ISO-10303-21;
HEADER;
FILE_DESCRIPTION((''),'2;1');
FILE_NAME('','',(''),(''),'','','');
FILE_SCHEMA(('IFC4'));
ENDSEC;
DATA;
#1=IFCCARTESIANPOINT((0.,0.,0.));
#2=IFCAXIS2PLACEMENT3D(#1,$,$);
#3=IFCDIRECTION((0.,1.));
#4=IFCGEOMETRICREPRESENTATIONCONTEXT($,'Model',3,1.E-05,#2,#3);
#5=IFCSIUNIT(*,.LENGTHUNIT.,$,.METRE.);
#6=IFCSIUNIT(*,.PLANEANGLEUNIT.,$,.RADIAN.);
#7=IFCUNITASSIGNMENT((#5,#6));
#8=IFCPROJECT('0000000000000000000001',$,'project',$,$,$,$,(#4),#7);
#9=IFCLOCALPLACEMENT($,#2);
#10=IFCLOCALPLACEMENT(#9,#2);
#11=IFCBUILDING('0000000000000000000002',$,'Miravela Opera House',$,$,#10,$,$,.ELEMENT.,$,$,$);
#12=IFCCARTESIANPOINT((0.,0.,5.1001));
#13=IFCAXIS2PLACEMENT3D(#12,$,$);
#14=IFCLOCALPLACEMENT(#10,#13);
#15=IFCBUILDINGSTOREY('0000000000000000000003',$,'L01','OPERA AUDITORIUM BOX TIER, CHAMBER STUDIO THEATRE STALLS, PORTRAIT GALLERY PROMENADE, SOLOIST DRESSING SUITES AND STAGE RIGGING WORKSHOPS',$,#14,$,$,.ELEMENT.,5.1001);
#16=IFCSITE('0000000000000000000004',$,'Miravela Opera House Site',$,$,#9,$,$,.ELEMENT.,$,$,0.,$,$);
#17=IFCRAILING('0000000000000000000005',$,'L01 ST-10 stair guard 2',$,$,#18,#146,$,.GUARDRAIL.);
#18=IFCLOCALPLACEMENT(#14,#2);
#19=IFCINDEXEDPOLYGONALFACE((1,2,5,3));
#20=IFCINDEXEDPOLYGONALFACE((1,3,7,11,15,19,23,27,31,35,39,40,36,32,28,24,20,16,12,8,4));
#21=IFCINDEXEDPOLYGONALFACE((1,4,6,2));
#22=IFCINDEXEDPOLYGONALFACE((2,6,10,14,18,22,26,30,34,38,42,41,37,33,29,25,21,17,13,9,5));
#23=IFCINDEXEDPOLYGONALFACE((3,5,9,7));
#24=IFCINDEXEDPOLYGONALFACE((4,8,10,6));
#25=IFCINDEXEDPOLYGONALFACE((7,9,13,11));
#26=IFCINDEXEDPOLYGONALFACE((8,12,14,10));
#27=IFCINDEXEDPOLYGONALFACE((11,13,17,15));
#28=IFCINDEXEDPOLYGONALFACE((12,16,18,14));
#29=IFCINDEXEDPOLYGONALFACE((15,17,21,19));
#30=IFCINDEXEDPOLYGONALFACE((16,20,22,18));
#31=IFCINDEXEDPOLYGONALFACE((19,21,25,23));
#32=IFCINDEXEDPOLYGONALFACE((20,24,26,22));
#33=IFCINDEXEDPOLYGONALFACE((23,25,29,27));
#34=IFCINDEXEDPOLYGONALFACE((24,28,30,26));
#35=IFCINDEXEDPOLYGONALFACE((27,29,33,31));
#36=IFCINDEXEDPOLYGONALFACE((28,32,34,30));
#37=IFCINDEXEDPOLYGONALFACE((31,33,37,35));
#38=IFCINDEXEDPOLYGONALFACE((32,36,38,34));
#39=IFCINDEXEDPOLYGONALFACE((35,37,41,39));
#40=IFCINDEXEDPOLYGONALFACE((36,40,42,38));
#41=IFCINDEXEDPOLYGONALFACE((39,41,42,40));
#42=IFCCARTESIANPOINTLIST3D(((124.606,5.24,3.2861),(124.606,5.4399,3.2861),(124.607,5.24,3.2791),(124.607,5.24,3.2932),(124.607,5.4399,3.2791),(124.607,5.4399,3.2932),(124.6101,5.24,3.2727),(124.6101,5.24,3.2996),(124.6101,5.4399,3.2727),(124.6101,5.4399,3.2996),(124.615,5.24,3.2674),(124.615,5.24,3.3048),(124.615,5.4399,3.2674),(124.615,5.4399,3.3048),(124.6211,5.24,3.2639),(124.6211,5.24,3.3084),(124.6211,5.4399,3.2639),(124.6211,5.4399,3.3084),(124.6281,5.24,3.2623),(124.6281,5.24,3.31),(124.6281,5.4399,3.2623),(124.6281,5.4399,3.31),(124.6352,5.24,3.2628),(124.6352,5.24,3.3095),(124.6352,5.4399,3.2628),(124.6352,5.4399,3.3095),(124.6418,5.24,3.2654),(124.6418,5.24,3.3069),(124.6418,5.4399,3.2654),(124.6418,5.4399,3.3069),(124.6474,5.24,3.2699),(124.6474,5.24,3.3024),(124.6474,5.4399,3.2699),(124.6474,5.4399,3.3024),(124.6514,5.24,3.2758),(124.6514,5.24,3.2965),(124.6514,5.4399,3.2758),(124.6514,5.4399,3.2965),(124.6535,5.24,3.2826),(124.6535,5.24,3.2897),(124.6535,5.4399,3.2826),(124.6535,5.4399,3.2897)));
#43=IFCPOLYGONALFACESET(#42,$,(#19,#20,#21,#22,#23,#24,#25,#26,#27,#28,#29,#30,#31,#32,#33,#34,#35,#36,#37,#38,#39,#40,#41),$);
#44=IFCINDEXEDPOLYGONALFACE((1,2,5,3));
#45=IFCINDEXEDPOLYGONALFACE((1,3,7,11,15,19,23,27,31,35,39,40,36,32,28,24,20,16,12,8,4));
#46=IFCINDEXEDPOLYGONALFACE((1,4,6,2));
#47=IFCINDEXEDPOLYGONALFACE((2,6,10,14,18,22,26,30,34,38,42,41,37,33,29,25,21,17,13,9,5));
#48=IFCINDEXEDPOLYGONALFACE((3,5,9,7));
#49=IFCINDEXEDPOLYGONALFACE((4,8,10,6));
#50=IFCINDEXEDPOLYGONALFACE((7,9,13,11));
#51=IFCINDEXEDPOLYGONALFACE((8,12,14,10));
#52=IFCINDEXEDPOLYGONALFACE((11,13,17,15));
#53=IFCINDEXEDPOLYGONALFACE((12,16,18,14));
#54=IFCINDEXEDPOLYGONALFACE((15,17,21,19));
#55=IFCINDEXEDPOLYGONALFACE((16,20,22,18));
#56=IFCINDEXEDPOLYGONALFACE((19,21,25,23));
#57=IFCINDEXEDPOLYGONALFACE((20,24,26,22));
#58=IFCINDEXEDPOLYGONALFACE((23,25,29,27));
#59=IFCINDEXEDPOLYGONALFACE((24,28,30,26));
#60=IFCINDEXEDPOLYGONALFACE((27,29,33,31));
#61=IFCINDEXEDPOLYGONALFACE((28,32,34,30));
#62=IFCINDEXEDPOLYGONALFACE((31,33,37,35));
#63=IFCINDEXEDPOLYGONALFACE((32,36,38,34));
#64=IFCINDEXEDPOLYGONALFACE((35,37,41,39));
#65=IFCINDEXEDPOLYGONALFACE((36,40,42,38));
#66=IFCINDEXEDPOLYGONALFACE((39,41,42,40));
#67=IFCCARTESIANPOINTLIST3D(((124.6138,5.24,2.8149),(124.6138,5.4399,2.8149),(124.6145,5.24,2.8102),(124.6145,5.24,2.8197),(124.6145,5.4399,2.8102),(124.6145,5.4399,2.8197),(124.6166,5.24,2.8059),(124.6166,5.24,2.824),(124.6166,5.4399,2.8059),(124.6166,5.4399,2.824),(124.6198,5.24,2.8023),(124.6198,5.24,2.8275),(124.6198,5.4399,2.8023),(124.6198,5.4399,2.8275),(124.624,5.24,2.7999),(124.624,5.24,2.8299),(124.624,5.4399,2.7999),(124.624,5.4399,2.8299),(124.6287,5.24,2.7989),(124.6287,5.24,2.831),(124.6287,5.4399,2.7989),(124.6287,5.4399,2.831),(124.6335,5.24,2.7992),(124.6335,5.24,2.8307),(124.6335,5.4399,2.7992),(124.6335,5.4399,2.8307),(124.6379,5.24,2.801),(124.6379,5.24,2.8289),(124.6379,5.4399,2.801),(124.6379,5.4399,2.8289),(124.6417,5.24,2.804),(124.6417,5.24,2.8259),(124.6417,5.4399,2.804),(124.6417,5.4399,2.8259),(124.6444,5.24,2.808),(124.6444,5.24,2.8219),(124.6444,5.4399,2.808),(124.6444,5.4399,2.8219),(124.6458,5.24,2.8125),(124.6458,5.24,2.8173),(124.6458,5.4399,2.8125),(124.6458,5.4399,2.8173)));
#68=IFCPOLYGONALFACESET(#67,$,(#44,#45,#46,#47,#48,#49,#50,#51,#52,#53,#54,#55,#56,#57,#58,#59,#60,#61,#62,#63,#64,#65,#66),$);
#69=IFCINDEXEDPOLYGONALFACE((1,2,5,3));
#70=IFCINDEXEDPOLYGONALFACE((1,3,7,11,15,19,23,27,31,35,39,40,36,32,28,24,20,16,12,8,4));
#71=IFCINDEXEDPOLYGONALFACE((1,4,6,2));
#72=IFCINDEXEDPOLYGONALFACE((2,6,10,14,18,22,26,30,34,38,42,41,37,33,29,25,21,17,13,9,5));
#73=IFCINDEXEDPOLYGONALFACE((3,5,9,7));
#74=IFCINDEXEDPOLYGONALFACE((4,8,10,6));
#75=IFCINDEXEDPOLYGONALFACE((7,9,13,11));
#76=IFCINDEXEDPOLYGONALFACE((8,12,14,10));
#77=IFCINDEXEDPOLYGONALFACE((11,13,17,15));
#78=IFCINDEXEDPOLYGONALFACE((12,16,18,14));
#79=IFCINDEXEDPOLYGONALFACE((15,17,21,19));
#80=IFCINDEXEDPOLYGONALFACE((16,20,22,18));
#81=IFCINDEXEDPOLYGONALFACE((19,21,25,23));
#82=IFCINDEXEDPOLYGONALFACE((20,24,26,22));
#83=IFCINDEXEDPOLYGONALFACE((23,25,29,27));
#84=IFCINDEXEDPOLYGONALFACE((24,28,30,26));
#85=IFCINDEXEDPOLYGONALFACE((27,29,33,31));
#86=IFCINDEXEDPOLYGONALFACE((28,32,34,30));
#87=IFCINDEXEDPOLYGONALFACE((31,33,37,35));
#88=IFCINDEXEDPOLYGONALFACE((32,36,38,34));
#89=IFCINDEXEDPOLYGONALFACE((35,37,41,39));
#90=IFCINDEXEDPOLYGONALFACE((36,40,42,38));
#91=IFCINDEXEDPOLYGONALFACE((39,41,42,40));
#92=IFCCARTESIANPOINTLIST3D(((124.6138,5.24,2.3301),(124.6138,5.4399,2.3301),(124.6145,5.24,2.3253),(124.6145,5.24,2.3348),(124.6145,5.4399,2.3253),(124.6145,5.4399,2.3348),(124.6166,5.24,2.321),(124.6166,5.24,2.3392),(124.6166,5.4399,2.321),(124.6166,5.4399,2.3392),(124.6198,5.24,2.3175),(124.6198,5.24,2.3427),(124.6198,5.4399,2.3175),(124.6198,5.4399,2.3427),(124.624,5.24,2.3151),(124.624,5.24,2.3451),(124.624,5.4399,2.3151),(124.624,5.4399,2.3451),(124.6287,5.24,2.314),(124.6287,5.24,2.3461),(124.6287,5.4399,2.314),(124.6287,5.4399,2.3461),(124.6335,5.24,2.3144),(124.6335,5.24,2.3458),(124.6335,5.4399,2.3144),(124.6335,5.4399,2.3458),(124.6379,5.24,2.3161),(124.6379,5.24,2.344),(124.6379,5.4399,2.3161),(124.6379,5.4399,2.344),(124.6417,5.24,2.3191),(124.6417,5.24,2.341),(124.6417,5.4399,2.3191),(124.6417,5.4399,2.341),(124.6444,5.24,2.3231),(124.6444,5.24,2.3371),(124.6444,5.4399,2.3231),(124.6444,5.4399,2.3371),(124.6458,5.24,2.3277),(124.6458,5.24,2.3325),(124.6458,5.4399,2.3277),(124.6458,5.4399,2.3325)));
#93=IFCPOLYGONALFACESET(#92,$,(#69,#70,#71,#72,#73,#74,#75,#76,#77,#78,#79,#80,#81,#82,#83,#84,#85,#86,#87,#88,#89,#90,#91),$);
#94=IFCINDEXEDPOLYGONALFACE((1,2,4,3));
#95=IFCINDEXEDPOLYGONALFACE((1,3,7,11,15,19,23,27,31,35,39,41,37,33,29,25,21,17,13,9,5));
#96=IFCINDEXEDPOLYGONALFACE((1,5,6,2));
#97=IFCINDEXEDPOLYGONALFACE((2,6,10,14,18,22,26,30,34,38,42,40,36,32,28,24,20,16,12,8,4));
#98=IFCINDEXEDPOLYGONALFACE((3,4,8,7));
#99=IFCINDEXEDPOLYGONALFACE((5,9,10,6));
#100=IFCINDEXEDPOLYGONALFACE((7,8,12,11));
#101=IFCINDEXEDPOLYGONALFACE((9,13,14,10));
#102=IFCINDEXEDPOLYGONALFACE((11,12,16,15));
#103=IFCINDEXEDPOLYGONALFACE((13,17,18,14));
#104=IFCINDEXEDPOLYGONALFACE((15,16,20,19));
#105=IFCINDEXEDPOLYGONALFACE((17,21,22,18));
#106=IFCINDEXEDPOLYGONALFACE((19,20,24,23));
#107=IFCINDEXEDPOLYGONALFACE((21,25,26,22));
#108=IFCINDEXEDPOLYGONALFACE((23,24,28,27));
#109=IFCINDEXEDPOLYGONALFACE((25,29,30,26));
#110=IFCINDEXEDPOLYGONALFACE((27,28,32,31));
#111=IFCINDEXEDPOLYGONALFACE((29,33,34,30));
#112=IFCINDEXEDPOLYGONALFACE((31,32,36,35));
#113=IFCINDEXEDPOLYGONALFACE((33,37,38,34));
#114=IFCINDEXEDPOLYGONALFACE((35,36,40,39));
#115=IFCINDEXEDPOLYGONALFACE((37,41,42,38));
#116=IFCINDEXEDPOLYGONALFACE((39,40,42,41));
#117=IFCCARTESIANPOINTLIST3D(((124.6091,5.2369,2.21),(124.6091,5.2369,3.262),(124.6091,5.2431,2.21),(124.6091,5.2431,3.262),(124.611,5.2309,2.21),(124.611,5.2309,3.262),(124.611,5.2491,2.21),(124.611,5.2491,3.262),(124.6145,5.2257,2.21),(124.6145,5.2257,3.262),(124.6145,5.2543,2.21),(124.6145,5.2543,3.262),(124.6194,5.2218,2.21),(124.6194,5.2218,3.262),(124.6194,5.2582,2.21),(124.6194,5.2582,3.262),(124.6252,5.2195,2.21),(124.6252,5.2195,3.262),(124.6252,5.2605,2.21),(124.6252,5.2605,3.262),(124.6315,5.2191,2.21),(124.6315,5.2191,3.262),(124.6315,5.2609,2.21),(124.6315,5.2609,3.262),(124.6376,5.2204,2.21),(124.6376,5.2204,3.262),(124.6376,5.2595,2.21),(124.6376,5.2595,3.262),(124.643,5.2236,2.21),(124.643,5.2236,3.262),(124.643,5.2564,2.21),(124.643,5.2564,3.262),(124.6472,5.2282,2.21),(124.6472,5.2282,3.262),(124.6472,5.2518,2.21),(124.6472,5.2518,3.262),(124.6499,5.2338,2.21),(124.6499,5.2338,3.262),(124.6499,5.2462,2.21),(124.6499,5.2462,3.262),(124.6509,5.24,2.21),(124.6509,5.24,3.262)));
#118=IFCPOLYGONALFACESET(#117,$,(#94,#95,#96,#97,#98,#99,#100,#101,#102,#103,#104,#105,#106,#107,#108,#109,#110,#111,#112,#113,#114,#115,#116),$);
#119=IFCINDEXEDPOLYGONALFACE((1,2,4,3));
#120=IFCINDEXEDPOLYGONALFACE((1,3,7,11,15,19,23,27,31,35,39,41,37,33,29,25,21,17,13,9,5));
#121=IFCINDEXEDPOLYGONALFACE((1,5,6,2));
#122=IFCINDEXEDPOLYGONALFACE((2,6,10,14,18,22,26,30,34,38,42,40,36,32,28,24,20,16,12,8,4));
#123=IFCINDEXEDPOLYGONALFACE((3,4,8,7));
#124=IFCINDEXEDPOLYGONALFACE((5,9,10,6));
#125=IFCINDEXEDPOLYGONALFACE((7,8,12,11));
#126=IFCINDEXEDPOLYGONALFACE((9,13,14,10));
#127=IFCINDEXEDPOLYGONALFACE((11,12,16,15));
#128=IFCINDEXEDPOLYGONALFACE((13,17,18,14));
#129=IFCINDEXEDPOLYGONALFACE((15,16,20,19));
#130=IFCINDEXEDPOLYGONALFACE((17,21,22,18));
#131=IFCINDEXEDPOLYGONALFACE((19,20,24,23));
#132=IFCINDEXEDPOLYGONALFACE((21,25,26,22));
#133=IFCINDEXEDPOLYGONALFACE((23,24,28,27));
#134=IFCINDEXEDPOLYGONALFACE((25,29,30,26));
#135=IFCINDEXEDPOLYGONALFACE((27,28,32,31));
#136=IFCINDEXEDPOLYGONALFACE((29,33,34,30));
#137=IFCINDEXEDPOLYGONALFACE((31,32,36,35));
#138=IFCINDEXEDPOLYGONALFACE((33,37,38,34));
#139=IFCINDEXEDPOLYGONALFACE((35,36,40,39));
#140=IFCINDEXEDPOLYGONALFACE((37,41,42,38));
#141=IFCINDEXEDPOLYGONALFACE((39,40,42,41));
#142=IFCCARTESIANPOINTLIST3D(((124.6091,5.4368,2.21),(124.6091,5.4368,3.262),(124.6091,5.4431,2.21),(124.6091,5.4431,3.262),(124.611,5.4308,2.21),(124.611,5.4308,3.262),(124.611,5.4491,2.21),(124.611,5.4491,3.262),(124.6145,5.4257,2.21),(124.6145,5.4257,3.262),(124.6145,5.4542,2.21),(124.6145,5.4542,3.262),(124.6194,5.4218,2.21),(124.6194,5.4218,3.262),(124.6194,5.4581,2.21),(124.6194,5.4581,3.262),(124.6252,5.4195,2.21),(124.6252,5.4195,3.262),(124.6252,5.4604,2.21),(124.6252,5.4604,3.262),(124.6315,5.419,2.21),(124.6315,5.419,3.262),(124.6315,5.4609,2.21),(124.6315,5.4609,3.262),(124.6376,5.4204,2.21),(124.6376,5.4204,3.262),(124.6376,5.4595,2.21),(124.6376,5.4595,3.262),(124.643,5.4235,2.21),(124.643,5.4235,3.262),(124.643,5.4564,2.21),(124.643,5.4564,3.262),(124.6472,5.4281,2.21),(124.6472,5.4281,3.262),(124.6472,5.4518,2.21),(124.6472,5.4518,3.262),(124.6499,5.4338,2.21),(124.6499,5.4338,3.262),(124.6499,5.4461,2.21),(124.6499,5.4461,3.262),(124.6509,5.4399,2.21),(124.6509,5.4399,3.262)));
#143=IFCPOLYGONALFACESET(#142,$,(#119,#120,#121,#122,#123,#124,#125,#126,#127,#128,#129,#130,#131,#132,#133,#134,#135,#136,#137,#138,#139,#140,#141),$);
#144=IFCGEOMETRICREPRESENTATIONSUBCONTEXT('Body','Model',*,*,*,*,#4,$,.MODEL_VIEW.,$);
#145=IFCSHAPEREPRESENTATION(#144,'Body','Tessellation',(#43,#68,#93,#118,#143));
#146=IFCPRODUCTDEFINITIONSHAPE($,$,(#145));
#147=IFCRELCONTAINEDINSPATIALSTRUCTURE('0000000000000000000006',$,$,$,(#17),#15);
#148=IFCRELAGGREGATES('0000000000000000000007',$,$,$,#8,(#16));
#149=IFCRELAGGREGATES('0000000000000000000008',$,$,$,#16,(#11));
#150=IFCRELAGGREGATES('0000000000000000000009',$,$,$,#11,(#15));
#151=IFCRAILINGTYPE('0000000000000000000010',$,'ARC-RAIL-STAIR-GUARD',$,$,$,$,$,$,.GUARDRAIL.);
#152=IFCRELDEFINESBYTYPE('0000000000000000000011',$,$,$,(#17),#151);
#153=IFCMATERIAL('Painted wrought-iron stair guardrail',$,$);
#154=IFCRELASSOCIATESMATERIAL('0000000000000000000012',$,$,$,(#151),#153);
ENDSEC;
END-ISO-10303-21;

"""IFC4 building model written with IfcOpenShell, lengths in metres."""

from ifc_helpers import new_model, si_unit, direction, frame, origin, origin_2d, place, context, subcontext, project, spatial, circle, extrude, material, type_object, element, save


model = new_model("IFC4")

# Units and contexts
model_context = context("Model", 3, precision=1e-05, world=origin(), true_north=direction((0.0, 1.0)))
body_context = subcontext(model_context, "Body", "Model", "MODEL_VIEW")
ifc_project = project(units=[si_unit("LENGTHUNIT", "METRE"), si_unit("PLANEANGLEUNIT", "RADIAN")], contexts=[model_context])

# Site, building, storey
site_placement = place(None, origin())
site = spatial("IfcSite", under=ifc_project, at=site_placement, Name="Miravela Opera House Site", CompositionType="ELEMENT", RefElevation=0.0)
building_placement = place(site_placement, origin())
building = spatial("IfcBuilding", under=site, at=building_placement, Name="Miravela Opera House", CompositionType="ELEMENT")
storey_placement = place(building_placement, frame((0.0, 0.0, 5.1001)))
storey = spatial("IfcBuildingStorey", under=building, at=storey_placement, Name="L01", Description="OPERA AUDITORIUM BOX TIER, CHAMBER STUDIO THEATRE STALLS, PORTRAIT GALLERY PROMENADE, SOLOIST DRESSING SUITES AND STAGE RIGGING WORKSHOPS", CompositionType="ELEMENT", Elevation=5.1001)

# Railing
ifc_material_1 = material(Name="Painted wrought-iron stair guardrail")
railing_type_1 = type_object("IfcRailingType", Name="ARC-RAIL-STAIR-GUARD", PredefinedType="GUARDRAIL", material=ifc_material_1)
railing_1_placement = place(storey_placement, frame((124.6299, 5.24, 2.21)))
element("IfcRailing", 1, at=railing_1_placement, inside=storey, type_object=railing_type_1, Name="L01 ST-10 stair guard 2", PredefinedType="GUARDRAIL", context=body_context, shape_type="SweptSolid", body=[
    extrude(circle(Radius=0.0239, at=origin_2d()), frame((0.0, 0.0, 1.0762), z_axis=(0.0, 1.0, 0.0), x_axis=(-1.0, 0.0, 0.0)), (0.0, 0.0, 1.0), 0.2),
    extrude(circle(Radius=0.0161, at=origin_2d()), frame((0.0, 0.0, 0.605), z_axis=(0.0, 1.0, 0.0), x_axis=(-1.0, 0.0, 0.0)), (0.0, 0.0, 1.0), 0.2),
    extrude(circle(Radius=0.0161, at=origin_2d()), frame((0.0, 0.0, 0.1201), z_axis=(0.0, 1.0, 0.0), x_axis=(-1.0, 0.0, 0.0)), (0.0, 0.0, 1.0), 0.2),
    extrude(circle(Radius=0.021, at=origin_2d()), origin(), (0.0, 0.0, 1.0), 1.052),
    extrude(circle(Radius=0.021, at=origin_2d()), frame((0.0, 0.2, 0.0)), (0.0, 0.0, 1.0), 1.052),
])

save(model, "model.ifc")
